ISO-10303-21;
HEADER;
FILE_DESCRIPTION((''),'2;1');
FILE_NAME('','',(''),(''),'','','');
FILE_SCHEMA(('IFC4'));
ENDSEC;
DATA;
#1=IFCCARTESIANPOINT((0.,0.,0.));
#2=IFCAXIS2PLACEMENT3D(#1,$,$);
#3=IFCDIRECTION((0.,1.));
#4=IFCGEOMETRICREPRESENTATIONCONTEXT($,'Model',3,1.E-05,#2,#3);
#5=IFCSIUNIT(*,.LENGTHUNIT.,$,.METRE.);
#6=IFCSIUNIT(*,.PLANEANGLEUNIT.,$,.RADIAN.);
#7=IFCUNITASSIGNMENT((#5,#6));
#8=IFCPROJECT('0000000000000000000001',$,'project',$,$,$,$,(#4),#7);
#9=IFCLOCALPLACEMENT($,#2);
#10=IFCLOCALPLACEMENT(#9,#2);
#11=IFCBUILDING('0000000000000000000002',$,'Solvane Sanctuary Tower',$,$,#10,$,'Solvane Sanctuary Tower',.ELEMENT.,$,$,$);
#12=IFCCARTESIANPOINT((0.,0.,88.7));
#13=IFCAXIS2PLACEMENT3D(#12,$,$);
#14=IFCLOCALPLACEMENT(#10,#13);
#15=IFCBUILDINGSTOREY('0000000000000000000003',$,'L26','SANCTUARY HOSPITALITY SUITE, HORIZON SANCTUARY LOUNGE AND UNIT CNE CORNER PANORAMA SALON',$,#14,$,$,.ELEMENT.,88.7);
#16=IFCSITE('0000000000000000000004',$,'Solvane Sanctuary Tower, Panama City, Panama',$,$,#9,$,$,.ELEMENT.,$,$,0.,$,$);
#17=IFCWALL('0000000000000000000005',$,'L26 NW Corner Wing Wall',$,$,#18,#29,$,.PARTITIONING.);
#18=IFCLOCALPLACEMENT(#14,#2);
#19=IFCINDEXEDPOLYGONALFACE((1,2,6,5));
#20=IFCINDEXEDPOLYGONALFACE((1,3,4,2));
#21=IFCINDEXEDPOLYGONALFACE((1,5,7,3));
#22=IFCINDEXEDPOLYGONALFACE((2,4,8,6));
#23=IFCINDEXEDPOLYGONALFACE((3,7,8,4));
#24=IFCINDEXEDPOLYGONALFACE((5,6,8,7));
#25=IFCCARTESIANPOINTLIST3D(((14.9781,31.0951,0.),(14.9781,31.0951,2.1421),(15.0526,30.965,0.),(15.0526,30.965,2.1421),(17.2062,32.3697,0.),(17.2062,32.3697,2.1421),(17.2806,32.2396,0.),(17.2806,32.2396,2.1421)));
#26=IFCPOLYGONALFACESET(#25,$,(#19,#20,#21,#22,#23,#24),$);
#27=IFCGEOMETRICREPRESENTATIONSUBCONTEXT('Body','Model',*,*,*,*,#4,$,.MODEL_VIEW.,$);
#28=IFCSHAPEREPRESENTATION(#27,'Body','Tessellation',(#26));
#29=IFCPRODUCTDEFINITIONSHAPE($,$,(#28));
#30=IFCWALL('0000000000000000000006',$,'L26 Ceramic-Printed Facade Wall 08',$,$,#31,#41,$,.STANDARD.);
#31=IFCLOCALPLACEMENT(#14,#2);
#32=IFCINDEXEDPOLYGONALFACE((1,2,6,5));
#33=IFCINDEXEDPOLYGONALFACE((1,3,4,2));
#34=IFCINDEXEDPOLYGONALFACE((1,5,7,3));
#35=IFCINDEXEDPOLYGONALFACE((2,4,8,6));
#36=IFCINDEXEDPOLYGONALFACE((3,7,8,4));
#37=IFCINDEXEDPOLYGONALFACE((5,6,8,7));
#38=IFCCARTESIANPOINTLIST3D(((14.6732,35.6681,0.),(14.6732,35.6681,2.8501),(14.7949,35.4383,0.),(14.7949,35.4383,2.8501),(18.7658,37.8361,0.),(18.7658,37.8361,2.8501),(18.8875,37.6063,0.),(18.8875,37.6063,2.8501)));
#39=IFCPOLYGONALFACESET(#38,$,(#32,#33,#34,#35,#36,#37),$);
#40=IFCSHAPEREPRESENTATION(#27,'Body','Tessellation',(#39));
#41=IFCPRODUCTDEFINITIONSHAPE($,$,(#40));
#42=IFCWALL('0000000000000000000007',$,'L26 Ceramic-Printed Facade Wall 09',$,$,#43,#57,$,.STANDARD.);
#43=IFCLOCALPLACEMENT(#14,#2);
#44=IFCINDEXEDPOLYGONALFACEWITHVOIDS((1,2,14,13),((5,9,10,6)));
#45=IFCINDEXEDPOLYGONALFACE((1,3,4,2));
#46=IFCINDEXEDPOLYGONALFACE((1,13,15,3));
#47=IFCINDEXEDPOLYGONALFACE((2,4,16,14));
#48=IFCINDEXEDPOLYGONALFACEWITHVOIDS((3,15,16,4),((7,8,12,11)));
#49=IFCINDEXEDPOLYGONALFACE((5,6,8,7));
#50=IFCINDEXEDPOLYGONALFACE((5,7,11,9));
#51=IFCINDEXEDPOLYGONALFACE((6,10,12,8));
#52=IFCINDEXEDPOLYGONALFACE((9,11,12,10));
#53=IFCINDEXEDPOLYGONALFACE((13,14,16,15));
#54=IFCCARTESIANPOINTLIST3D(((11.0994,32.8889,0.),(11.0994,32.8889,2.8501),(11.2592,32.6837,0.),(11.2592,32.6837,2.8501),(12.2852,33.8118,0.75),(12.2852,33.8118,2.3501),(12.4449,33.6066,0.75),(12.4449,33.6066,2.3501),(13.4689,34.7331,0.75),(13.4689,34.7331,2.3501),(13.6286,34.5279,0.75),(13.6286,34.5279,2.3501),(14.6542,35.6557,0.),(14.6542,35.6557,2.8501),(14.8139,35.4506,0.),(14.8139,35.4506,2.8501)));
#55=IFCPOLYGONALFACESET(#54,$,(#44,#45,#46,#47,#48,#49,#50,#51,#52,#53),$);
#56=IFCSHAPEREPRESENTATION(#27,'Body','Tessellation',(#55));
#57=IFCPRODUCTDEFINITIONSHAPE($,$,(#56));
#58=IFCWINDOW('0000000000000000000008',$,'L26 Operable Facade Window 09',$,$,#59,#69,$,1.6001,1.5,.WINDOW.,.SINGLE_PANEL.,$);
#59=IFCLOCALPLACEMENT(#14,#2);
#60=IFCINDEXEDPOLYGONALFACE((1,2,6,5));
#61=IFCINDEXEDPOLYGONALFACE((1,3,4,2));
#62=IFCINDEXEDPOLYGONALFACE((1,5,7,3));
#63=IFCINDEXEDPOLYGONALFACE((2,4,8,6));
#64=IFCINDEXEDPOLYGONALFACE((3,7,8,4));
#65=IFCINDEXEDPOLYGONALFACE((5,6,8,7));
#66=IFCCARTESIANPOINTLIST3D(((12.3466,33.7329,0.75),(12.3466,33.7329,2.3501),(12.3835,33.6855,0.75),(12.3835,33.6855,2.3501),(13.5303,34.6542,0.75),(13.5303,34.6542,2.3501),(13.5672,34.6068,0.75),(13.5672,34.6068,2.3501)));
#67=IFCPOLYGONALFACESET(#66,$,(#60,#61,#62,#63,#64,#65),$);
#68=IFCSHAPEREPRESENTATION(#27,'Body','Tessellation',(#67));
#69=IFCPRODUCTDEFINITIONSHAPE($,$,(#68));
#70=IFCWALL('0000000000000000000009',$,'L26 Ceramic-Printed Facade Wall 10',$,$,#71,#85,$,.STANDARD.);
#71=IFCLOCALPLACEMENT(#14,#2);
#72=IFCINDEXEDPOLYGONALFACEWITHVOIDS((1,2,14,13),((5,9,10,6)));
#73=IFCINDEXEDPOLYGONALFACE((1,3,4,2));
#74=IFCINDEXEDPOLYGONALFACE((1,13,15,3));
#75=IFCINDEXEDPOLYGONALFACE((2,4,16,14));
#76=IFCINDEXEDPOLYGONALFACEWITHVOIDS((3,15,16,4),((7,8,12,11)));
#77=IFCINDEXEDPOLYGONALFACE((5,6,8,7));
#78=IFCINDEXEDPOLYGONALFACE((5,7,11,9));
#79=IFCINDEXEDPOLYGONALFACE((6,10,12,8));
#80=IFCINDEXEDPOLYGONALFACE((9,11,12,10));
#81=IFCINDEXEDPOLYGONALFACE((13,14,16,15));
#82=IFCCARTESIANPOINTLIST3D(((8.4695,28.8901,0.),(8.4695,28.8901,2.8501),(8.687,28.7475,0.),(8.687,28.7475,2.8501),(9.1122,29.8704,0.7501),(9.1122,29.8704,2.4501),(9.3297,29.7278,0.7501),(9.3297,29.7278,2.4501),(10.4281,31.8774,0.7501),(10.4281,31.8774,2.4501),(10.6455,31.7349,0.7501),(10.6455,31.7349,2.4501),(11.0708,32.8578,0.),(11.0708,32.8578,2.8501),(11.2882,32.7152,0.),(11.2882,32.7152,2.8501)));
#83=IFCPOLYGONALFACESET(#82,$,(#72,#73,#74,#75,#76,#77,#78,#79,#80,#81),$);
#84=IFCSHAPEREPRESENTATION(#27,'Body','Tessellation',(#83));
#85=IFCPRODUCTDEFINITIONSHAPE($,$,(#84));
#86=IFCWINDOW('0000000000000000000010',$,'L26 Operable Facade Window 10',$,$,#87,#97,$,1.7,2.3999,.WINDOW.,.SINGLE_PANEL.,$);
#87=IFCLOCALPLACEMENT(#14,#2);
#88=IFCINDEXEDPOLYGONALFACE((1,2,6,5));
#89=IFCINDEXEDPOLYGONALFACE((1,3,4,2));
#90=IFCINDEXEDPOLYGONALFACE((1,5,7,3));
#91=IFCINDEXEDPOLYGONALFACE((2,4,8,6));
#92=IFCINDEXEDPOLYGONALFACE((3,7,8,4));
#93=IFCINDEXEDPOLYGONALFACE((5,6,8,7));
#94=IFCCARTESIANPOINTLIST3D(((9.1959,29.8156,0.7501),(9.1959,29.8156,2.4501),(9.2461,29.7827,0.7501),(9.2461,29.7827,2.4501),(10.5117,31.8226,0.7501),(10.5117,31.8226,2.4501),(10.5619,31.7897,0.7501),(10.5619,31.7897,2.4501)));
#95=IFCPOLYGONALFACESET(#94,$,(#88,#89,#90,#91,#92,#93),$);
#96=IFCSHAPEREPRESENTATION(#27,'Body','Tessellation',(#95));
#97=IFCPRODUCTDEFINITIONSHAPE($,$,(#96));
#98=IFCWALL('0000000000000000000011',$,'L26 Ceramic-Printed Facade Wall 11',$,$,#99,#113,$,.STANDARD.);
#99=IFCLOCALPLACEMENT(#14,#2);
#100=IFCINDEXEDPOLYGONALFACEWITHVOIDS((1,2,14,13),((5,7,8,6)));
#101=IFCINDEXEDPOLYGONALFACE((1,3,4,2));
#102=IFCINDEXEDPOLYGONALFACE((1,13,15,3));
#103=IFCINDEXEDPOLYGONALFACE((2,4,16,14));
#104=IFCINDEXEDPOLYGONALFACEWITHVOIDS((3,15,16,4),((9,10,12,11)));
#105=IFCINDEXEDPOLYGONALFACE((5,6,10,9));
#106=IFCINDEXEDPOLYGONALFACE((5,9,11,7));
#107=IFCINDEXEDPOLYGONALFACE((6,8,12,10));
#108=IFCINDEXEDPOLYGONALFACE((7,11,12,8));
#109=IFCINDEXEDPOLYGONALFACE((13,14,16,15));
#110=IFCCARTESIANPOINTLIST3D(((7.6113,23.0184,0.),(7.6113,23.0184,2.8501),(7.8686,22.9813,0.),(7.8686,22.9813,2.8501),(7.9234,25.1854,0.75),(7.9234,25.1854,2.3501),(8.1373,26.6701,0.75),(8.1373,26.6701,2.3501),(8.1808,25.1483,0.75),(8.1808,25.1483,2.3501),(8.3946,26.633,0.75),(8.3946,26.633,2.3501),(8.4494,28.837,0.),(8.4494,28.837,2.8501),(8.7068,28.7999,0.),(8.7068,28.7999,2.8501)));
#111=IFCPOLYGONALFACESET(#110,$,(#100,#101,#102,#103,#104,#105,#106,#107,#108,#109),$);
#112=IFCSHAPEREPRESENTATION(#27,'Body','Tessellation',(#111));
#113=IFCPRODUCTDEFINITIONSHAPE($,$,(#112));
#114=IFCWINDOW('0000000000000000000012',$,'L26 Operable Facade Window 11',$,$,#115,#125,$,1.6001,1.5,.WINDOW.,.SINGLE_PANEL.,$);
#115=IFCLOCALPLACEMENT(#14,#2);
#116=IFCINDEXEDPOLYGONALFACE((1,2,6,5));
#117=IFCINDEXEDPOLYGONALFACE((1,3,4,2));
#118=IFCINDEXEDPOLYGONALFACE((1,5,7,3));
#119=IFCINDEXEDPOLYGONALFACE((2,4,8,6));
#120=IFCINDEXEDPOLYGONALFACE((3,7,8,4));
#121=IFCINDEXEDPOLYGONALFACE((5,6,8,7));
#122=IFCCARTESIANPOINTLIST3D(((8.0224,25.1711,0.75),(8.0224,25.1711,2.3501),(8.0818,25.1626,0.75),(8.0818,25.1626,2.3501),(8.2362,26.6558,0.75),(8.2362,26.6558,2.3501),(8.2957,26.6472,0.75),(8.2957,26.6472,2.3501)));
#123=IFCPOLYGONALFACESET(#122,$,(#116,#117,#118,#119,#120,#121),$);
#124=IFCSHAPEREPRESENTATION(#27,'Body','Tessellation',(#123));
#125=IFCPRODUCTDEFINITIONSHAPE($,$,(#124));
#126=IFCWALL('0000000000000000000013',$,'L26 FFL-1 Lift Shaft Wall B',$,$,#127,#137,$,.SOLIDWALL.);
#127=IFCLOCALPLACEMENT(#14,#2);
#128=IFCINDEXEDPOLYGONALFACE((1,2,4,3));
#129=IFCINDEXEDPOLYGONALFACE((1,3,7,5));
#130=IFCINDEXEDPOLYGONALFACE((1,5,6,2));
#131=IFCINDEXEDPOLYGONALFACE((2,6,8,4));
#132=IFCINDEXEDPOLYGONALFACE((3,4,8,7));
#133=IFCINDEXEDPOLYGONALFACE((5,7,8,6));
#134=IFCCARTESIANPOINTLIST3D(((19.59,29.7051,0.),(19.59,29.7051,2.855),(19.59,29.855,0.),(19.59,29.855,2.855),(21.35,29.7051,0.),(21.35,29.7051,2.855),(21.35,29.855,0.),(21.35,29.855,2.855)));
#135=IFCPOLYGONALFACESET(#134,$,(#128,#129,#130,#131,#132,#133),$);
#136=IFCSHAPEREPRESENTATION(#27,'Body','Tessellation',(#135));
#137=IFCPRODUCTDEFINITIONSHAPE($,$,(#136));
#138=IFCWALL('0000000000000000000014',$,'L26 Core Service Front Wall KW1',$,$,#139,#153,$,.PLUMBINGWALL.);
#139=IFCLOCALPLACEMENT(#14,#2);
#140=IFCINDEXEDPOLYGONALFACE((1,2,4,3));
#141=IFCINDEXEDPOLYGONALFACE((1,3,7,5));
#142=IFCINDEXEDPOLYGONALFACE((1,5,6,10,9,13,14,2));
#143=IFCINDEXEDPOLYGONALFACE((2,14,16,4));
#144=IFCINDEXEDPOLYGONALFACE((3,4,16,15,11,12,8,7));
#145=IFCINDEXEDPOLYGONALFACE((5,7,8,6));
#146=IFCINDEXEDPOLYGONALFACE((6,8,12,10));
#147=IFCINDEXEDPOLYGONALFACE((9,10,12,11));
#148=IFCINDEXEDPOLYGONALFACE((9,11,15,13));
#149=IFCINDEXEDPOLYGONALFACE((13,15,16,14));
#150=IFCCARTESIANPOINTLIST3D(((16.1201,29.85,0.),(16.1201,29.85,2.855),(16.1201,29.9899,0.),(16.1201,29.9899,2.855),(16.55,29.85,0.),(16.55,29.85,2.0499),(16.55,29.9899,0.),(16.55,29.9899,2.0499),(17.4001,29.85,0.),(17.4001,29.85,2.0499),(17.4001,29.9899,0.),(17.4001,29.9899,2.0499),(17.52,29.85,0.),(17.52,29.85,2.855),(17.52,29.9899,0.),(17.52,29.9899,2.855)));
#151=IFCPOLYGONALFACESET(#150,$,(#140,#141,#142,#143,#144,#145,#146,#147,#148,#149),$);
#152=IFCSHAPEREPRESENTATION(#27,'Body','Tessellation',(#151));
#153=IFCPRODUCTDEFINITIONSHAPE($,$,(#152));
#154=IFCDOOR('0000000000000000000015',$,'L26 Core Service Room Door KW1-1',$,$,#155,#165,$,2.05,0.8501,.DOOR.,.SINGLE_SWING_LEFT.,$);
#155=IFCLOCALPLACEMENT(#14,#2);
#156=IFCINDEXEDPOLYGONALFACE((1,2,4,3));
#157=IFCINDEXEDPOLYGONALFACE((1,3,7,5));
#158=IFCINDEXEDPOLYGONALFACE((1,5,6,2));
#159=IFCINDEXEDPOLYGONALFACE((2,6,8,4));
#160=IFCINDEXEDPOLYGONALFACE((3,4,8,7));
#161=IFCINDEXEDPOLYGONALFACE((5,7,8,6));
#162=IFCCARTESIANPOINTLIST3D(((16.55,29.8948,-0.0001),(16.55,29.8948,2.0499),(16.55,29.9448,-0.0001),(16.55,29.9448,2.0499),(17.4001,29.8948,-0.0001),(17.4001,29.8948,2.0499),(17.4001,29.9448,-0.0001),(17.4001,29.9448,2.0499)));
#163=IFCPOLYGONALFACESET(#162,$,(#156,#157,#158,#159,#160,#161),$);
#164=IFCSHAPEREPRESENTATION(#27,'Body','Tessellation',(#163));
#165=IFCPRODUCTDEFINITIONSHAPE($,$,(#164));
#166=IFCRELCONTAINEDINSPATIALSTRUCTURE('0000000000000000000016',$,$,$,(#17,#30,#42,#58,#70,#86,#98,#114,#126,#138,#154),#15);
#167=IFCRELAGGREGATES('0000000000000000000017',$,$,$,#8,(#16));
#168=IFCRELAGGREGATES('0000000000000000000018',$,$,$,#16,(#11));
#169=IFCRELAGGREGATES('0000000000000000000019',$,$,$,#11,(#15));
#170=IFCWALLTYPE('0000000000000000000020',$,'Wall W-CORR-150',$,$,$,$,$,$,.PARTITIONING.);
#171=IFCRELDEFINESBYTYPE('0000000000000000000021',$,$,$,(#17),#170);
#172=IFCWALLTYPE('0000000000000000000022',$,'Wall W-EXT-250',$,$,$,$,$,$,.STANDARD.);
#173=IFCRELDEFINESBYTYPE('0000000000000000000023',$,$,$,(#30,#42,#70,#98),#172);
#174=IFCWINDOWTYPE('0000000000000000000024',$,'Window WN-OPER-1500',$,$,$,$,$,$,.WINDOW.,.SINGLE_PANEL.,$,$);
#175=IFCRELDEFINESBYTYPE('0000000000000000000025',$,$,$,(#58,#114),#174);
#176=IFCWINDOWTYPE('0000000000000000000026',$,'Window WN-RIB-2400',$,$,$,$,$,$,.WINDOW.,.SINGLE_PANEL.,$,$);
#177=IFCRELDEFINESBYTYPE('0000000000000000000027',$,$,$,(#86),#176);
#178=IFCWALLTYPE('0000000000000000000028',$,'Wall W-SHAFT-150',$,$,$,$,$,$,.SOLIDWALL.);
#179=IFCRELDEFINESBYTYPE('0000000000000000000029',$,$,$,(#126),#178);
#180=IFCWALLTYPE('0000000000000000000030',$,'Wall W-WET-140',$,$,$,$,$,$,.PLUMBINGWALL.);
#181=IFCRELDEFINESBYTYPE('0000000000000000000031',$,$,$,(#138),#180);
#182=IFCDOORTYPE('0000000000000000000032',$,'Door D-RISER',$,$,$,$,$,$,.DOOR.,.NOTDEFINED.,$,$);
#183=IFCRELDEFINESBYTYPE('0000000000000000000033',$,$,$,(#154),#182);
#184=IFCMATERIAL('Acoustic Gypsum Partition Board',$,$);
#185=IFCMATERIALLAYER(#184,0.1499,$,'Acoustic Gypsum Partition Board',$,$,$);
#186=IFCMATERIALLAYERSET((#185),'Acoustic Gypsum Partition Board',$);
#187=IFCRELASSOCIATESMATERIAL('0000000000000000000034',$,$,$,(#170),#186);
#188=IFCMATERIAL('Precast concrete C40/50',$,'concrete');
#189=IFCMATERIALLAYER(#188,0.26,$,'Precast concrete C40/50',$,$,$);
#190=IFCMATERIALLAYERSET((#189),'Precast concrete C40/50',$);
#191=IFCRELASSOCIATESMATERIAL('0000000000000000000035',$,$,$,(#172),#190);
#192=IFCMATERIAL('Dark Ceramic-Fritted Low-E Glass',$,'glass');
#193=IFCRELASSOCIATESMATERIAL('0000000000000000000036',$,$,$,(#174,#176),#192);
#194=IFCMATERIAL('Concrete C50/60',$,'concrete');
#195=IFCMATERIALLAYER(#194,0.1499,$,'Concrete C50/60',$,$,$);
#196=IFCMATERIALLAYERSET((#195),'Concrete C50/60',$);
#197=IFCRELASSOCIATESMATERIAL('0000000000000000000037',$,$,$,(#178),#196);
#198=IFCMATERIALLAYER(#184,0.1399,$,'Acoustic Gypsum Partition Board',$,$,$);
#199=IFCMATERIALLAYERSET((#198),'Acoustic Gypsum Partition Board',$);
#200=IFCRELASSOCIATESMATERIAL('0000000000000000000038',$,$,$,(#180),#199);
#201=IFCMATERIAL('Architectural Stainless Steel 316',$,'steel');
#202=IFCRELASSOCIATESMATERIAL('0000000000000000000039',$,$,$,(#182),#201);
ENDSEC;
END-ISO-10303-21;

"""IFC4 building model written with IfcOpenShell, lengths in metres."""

from ifc_helpers import new_model, si_unit, direction, frame, frame_2d, origin, place, context, subcontext, project, spatial, rectangle, extrude, material, layer, layer_set, type_object, element, fill, save


model = new_model("IFC4")

# Units and contexts
model_context = context("Model", 3, precision=1e-05, world=origin(), true_north=direction((0.0, 1.0)))
body_context = subcontext(model_context, "Body", "Model", "MODEL_VIEW")
ifc_project = project(units=[si_unit("LENGTHUNIT", "METRE"), si_unit("PLANEANGLEUNIT", "RADIAN")], contexts=[model_context])

# Site, building, storey
site_placement = place(None, origin())
site = spatial("IfcSite", under=ifc_project, at=site_placement, Name="Solvane Sanctuary Tower, Panama City, Panama", CompositionType="ELEMENT", RefElevation=0.0)
building_placement = place(site_placement, origin())
building = spatial("IfcBuilding", under=site, at=building_placement, Name="Solvane Sanctuary Tower", LongName="Solvane Sanctuary Tower", CompositionType="ELEMENT")
storey_placement = place(building_placement, frame((0.0, 0.0, 88.7)))
storey = spatial("IfcBuildingStorey", under=building, at=storey_placement, Name="L26", Description="SANCTUARY HOSPITALITY SUITE, HORIZON SANCTUARY LOUNGE AND UNIT CNE CORNER PANORAMA SALON", CompositionType="ELEMENT", Elevation=88.7)

# Shared definitions
ifc_material_1 = material(Name="Acoustic Gypsum Partition Board")
ifc_layer_1 = layer(ifc_material_1, 0.1499, Name="Acoustic Gypsum Partition Board")
ifc_layer_set_1 = layer_set([ifc_layer_1], Name="Acoustic Gypsum Partition Board")
wall_type_1 = type_object("IfcWallType", Name="Wall W-CORR-150", PredefinedType="PARTITIONING", material=ifc_layer_set_1)

# Walls
wall_1_placement = place(storey_placement, frame((17.2434, 32.3047, 0.0), z_axis=(0.0, 0.0, 1.0), x_axis=(-0.867991, -0.496579, 0.0)))
element("IfcWall", 1, at=wall_1_placement, inside=storey, type_object=wall_type_1, Name="L26 NW Corner Wing Wall", PredefinedType="PARTITIONING", context=body_context, shape_type="SweptSolid", body=[
    extrude(rectangle(XDim=2.5669, YDim=0.1499, at=frame_2d((1.2834, 0.0))), origin(), (0.0, 0.0, 1.0), 2.1421),
])
ifc_material_2 = material(Name="Precast concrete C40/50", Category="concrete")
ifc_layer_2 = layer(ifc_material_2, 0.26, Name="Precast concrete C40/50")
ifc_layer_set_2 = layer_set([ifc_layer_2], Name="Precast concrete C40/50")
wall_type_2 = type_object("IfcWallType", Name="Wall W-EXT-250", PredefinedType="STANDARD", material=ifc_layer_set_2)
wall_2_placement = place(storey_placement, frame((18.8267, 37.7212, 0.0), z_axis=(0.0, 0.0, 1.0), x_axis=(-0.883669, -0.468113, 0.0)))
element("IfcWall", 2, at=wall_2_placement, inside=storey, type_object=wall_type_2, Name="L26 Ceramic-Printed Facade Wall 08", PredefinedType="STANDARD", context=body_context, shape_type="SweptSolid", body=[
    extrude(rectangle(XDim=4.6313, YDim=0.26, at=frame_2d((2.3157, 0.0))), origin(), (0.0, 0.0, 1.0), 2.8501),
])

# Walls, openings, windows
wall_3_placement = place(storey_placement, frame((14.7341, 35.5532, 0.0), z_axis=(0.0, 0.0, 1.0), x_axis=(-0.789127, -0.614229, 0.0)))
wall_3 = element("IfcWall", 3, at=wall_3_placement, inside=storey, type_object=wall_type_2, Name="L26 Ceramic-Printed Facade Wall 09", PredefinedType="STANDARD", context=body_context, shape_type="SweptSolid", body=[
    extrude(rectangle(XDim=4.5046, YDim=0.26, at=frame_2d((2.2524, 0.0))), origin(), (0.0, 0.0, 1.0), 2.8501),
])
opening_1_placement = place(wall_3_placement, frame((1.5022, 0.0, 0.75)))
opening_1 = element("IfcOpeningElement", 4, at=opening_1_placement, cuts=wall_3, PredefinedType="OPENING", context=body_context, shape_type="SweptSolid", body=[
    extrude(rectangle(XDim=1.5, YDim=1.6001, at=frame_2d((0.75, 0.8))), frame((0.0, 0.1399, 0.0), z_axis=(0.0, -1.0, 0.0), x_axis=(1.0, 0.0, 0.0)), (0.0, 0.0, 1.0), 0.28),
])
ifc_material_3 = material(Name="Dark Ceramic-Fritted Low-E Glass", Category="glass")
window_type_1 = type_object("IfcWindowType", Name="Window WN-OPER-1500", PartitioningType="SINGLE_PANEL", PredefinedType="WINDOW", material=ifc_material_3)
window_1_placement = place(opening_1_placement, origin())
window_1 = element("IfcWindow", 5, at=window_1_placement, inside=storey, type_object=window_type_1, Name="L26 Operable Facade Window 09", OverallHeight=1.6001, OverallWidth=1.5, PartitioningType="SINGLE_PANEL", PredefinedType="WINDOW", context=body_context, shape_type="SweptSolid", body=[
    extrude(rectangle(XDim=1.5, YDim=1.6001, at=frame_2d((0.75, 0.8))), frame((0.0, 0.03, 0.0), z_axis=(0.0, -1.0, 0.0), x_axis=(1.0, 0.0, 0.0)), (0.0, 0.0, 1.0), 0.0601),
])
fill(opening_1, window_1)
wall_4_placement = place(storey_placement, frame((11.1794, 32.7864, 0.0), z_axis=(0.0, 0.0, 1.0), x_axis=(-0.548283, -0.836293, 0.0)))
wall_4 = element("IfcWall", 6, at=wall_4_placement, inside=storey, type_object=wall_type_2, Name="L26 Ceramic-Printed Facade Wall 10", PredefinedType="STANDARD", context=body_context, shape_type="SweptSolid", body=[
    extrude(rectangle(XDim=4.7444, YDim=0.26, at=frame_2d((2.3721, 0.0))), origin(), (0.0, 0.0, 1.0), 2.8501),
])
opening_2_placement = place(wall_4_placement, frame((1.1721, 0.0, 0.75)))
opening_2 = element("IfcOpeningElement", 7, at=opening_2_placement, cuts=wall_4, PredefinedType="OPENING", context=body_context, shape_type="SweptSolid", body=[
    extrude(rectangle(XDim=2.3999, YDim=1.7, at=frame_2d((1.2, 0.8501))), frame((0.0, 0.1399, 0.0), z_axis=(0.0, -1.0, 0.0), x_axis=(1.0, 0.0, 0.0)), (0.0, 0.0, 1.0), 0.28),
])
window_type_2 = type_object("IfcWindowType", Name="Window WN-RIB-2400", PartitioningType="SINGLE_PANEL", PredefinedType="WINDOW", material=ifc_material_3)
window_2_placement = place(opening_2_placement, origin())
window_2 = element("IfcWindow", 8, at=window_2_placement, inside=storey, type_object=window_type_2, Name="L26 Operable Facade Window 10", OverallHeight=1.7, OverallWidth=2.3999, PartitioningType="SINGLE_PANEL", PredefinedType="WINDOW", context=body_context, shape_type="SweptSolid", body=[
    extrude(rectangle(XDim=2.3999, YDim=1.7, at=frame_2d((1.2, 0.8501))), frame((0.0, 0.03, 0.0), z_axis=(0.0, -1.0, 0.0), x_axis=(1.0, 0.0, 0.0)), (0.0, 0.0, 1.0), 0.0601),
])
fill(opening_2, window_2)
wall_5_placement = place(storey_placement, frame((8.5781, 28.8186, 0.0), z_axis=(0.0, 0.0, 1.0), x_axis=(-0.142572, -0.989784, 0.0)))
wall_5 = element("IfcWall", 9, at=wall_5_placement, inside=storey, type_object=wall_type_2, Name="L26 Ceramic-Printed Facade Wall 11", PredefinedType="STANDARD", context=body_context, shape_type="SweptSolid", body=[
    extrude(rectangle(XDim=5.8787, YDim=0.26, at=frame_2d((2.9395, 0.0))), origin(), (0.0, 0.0, 1.0), 2.8501),
])
opening_3_placement = place(wall_5_placement, frame((2.1895, 0.0, 0.75)))
opening_3 = element("IfcOpeningElement", 10, at=opening_3_placement, cuts=wall_5, PredefinedType="OPENING", context=body_context, shape_type="SweptSolid", body=[
    extrude(rectangle(XDim=1.5, YDim=1.6001, at=frame_2d((0.75, 0.8))), frame((0.0, 0.1399, 0.0), z_axis=(0.0, -1.0, 0.0), x_axis=(1.0, 0.0, 0.0)), (0.0, 0.0, 1.0), 0.28),
])
window_3_placement = place(opening_3_placement, origin())
window_3 = element("IfcWindow", 11, at=window_3_placement, inside=storey, type_object=window_type_1, Name="L26 Operable Facade Window 11", OverallHeight=1.6001, OverallWidth=1.5, PartitioningType="SINGLE_PANEL", PredefinedType="WINDOW", context=body_context, shape_type="SweptSolid", body=[
    extrude(rectangle(XDim=1.5, YDim=1.6001, at=frame_2d((0.75, 0.8))), frame((0.0, 0.03, 0.0), z_axis=(0.0, -1.0, 0.0), x_axis=(1.0, 0.0, 0.0)), (0.0, 0.0, 1.0), 0.0601),
])
fill(opening_3, window_3)

# Wall
ifc_material_4 = material(Name="Concrete C50/60", Category="concrete")
ifc_layer_3 = layer(ifc_material_4, 0.1499, Name="Concrete C50/60")
ifc_layer_set_3 = layer_set([ifc_layer_3], Name="Concrete C50/60")
wall_type_3 = type_object("IfcWallType", Name="Wall W-SHAFT-150", PredefinedType="SOLIDWALL", material=ifc_layer_set_3)
wall_6_placement = place(storey_placement, frame((19.5901, 29.78, 0.0), z_axis=(0.0, 0.0, 1.0), x_axis=(1.0, 0.0, 0.0)))
element("IfcWall", 12, at=wall_6_placement, inside=storey, type_object=wall_type_3, Name="L26 FFL-1 Lift Shaft Wall B", PredefinedType="SOLIDWALL", context=body_context, shape_type="SweptSolid", body=[
    extrude(rectangle(XDim=1.76, YDim=0.1499, at=frame_2d((0.8799, 0.0))), origin(), (0.0, 0.0, 1.0), 2.855),
])

# Wall, opening, door
ifc_layer_4 = layer(ifc_material_1, 0.1399, Name="Acoustic Gypsum Partition Board")
ifc_layer_set_4 = layer_set([ifc_layer_4], Name="Acoustic Gypsum Partition Board")
wall_type_4 = type_object("IfcWallType", Name="Wall W-WET-140", PredefinedType="PLUMBINGWALL", material=ifc_layer_set_4)
wall_7_placement = place(storey_placement, frame((16.1201, 29.9199, 0.0), z_axis=(0.0, 0.0, 1.0), x_axis=(1.0, 0.0, 0.0)))
wall_7 = element("IfcWall", 13, at=wall_7_placement, inside=storey, type_object=wall_type_4, Name="L26 Core Service Front Wall KW1", PredefinedType="PLUMBINGWALL", context=body_context, shape_type="SweptSolid", body=[
    extrude(rectangle(XDim=1.3999, YDim=0.1399, at=frame_2d((0.7, 0.0))), origin(), (0.0, 0.0, 1.0), 2.855),
])
opening_4_placement = place(wall_7_placement, frame((0.4299, 0.0, 0.0)))
opening_4 = element("IfcOpeningElement", 14, at=opening_4_placement, cuts=wall_7, PredefinedType="OPENING", context=body_context, shape_type="SweptSolid", body=[
    extrude(rectangle(XDim=0.8501, YDim=2.05, at=frame_2d((0.425, 1.0249))), frame((0.0, 0.0798, 0.0), z_axis=(0.0, -1.0, 0.0), x_axis=(1.0, 0.0, 0.0)), (0.0, 0.0, 1.0), 0.1599),
])
ifc_material_5 = material(Name="Architectural Stainless Steel 316", Category="steel")
door_type_1 = type_object("IfcDoorType", Name="Door D-RISER", OperationType="NOTDEFINED", PredefinedType="DOOR", material=ifc_material_5)
door_1_placement = place(opening_4_placement, origin())
door_1 = element("IfcDoor", 15, at=door_1_placement, inside=storey, type_object=door_type_1, Name="L26 Core Service Room Door KW1-1", OperationType="SINGLE_SWING_LEFT", OverallHeight=2.05, OverallWidth=0.8501, PredefinedType="DOOR", context=body_context, shape_type="SweptSolid", body=[
    extrude(rectangle(XDim=0.8501, YDim=2.05, at=frame_2d((0.425, 1.0249))), frame((0.0, 0.0249, 0.0), z_axis=(0.0, -1.0, 0.0), x_axis=(1.0, 0.0, 0.0)), (0.0, 0.0, 1.0), 0.05),
])
fill(opening_4, door_1)

save(model, "model.ifc")
